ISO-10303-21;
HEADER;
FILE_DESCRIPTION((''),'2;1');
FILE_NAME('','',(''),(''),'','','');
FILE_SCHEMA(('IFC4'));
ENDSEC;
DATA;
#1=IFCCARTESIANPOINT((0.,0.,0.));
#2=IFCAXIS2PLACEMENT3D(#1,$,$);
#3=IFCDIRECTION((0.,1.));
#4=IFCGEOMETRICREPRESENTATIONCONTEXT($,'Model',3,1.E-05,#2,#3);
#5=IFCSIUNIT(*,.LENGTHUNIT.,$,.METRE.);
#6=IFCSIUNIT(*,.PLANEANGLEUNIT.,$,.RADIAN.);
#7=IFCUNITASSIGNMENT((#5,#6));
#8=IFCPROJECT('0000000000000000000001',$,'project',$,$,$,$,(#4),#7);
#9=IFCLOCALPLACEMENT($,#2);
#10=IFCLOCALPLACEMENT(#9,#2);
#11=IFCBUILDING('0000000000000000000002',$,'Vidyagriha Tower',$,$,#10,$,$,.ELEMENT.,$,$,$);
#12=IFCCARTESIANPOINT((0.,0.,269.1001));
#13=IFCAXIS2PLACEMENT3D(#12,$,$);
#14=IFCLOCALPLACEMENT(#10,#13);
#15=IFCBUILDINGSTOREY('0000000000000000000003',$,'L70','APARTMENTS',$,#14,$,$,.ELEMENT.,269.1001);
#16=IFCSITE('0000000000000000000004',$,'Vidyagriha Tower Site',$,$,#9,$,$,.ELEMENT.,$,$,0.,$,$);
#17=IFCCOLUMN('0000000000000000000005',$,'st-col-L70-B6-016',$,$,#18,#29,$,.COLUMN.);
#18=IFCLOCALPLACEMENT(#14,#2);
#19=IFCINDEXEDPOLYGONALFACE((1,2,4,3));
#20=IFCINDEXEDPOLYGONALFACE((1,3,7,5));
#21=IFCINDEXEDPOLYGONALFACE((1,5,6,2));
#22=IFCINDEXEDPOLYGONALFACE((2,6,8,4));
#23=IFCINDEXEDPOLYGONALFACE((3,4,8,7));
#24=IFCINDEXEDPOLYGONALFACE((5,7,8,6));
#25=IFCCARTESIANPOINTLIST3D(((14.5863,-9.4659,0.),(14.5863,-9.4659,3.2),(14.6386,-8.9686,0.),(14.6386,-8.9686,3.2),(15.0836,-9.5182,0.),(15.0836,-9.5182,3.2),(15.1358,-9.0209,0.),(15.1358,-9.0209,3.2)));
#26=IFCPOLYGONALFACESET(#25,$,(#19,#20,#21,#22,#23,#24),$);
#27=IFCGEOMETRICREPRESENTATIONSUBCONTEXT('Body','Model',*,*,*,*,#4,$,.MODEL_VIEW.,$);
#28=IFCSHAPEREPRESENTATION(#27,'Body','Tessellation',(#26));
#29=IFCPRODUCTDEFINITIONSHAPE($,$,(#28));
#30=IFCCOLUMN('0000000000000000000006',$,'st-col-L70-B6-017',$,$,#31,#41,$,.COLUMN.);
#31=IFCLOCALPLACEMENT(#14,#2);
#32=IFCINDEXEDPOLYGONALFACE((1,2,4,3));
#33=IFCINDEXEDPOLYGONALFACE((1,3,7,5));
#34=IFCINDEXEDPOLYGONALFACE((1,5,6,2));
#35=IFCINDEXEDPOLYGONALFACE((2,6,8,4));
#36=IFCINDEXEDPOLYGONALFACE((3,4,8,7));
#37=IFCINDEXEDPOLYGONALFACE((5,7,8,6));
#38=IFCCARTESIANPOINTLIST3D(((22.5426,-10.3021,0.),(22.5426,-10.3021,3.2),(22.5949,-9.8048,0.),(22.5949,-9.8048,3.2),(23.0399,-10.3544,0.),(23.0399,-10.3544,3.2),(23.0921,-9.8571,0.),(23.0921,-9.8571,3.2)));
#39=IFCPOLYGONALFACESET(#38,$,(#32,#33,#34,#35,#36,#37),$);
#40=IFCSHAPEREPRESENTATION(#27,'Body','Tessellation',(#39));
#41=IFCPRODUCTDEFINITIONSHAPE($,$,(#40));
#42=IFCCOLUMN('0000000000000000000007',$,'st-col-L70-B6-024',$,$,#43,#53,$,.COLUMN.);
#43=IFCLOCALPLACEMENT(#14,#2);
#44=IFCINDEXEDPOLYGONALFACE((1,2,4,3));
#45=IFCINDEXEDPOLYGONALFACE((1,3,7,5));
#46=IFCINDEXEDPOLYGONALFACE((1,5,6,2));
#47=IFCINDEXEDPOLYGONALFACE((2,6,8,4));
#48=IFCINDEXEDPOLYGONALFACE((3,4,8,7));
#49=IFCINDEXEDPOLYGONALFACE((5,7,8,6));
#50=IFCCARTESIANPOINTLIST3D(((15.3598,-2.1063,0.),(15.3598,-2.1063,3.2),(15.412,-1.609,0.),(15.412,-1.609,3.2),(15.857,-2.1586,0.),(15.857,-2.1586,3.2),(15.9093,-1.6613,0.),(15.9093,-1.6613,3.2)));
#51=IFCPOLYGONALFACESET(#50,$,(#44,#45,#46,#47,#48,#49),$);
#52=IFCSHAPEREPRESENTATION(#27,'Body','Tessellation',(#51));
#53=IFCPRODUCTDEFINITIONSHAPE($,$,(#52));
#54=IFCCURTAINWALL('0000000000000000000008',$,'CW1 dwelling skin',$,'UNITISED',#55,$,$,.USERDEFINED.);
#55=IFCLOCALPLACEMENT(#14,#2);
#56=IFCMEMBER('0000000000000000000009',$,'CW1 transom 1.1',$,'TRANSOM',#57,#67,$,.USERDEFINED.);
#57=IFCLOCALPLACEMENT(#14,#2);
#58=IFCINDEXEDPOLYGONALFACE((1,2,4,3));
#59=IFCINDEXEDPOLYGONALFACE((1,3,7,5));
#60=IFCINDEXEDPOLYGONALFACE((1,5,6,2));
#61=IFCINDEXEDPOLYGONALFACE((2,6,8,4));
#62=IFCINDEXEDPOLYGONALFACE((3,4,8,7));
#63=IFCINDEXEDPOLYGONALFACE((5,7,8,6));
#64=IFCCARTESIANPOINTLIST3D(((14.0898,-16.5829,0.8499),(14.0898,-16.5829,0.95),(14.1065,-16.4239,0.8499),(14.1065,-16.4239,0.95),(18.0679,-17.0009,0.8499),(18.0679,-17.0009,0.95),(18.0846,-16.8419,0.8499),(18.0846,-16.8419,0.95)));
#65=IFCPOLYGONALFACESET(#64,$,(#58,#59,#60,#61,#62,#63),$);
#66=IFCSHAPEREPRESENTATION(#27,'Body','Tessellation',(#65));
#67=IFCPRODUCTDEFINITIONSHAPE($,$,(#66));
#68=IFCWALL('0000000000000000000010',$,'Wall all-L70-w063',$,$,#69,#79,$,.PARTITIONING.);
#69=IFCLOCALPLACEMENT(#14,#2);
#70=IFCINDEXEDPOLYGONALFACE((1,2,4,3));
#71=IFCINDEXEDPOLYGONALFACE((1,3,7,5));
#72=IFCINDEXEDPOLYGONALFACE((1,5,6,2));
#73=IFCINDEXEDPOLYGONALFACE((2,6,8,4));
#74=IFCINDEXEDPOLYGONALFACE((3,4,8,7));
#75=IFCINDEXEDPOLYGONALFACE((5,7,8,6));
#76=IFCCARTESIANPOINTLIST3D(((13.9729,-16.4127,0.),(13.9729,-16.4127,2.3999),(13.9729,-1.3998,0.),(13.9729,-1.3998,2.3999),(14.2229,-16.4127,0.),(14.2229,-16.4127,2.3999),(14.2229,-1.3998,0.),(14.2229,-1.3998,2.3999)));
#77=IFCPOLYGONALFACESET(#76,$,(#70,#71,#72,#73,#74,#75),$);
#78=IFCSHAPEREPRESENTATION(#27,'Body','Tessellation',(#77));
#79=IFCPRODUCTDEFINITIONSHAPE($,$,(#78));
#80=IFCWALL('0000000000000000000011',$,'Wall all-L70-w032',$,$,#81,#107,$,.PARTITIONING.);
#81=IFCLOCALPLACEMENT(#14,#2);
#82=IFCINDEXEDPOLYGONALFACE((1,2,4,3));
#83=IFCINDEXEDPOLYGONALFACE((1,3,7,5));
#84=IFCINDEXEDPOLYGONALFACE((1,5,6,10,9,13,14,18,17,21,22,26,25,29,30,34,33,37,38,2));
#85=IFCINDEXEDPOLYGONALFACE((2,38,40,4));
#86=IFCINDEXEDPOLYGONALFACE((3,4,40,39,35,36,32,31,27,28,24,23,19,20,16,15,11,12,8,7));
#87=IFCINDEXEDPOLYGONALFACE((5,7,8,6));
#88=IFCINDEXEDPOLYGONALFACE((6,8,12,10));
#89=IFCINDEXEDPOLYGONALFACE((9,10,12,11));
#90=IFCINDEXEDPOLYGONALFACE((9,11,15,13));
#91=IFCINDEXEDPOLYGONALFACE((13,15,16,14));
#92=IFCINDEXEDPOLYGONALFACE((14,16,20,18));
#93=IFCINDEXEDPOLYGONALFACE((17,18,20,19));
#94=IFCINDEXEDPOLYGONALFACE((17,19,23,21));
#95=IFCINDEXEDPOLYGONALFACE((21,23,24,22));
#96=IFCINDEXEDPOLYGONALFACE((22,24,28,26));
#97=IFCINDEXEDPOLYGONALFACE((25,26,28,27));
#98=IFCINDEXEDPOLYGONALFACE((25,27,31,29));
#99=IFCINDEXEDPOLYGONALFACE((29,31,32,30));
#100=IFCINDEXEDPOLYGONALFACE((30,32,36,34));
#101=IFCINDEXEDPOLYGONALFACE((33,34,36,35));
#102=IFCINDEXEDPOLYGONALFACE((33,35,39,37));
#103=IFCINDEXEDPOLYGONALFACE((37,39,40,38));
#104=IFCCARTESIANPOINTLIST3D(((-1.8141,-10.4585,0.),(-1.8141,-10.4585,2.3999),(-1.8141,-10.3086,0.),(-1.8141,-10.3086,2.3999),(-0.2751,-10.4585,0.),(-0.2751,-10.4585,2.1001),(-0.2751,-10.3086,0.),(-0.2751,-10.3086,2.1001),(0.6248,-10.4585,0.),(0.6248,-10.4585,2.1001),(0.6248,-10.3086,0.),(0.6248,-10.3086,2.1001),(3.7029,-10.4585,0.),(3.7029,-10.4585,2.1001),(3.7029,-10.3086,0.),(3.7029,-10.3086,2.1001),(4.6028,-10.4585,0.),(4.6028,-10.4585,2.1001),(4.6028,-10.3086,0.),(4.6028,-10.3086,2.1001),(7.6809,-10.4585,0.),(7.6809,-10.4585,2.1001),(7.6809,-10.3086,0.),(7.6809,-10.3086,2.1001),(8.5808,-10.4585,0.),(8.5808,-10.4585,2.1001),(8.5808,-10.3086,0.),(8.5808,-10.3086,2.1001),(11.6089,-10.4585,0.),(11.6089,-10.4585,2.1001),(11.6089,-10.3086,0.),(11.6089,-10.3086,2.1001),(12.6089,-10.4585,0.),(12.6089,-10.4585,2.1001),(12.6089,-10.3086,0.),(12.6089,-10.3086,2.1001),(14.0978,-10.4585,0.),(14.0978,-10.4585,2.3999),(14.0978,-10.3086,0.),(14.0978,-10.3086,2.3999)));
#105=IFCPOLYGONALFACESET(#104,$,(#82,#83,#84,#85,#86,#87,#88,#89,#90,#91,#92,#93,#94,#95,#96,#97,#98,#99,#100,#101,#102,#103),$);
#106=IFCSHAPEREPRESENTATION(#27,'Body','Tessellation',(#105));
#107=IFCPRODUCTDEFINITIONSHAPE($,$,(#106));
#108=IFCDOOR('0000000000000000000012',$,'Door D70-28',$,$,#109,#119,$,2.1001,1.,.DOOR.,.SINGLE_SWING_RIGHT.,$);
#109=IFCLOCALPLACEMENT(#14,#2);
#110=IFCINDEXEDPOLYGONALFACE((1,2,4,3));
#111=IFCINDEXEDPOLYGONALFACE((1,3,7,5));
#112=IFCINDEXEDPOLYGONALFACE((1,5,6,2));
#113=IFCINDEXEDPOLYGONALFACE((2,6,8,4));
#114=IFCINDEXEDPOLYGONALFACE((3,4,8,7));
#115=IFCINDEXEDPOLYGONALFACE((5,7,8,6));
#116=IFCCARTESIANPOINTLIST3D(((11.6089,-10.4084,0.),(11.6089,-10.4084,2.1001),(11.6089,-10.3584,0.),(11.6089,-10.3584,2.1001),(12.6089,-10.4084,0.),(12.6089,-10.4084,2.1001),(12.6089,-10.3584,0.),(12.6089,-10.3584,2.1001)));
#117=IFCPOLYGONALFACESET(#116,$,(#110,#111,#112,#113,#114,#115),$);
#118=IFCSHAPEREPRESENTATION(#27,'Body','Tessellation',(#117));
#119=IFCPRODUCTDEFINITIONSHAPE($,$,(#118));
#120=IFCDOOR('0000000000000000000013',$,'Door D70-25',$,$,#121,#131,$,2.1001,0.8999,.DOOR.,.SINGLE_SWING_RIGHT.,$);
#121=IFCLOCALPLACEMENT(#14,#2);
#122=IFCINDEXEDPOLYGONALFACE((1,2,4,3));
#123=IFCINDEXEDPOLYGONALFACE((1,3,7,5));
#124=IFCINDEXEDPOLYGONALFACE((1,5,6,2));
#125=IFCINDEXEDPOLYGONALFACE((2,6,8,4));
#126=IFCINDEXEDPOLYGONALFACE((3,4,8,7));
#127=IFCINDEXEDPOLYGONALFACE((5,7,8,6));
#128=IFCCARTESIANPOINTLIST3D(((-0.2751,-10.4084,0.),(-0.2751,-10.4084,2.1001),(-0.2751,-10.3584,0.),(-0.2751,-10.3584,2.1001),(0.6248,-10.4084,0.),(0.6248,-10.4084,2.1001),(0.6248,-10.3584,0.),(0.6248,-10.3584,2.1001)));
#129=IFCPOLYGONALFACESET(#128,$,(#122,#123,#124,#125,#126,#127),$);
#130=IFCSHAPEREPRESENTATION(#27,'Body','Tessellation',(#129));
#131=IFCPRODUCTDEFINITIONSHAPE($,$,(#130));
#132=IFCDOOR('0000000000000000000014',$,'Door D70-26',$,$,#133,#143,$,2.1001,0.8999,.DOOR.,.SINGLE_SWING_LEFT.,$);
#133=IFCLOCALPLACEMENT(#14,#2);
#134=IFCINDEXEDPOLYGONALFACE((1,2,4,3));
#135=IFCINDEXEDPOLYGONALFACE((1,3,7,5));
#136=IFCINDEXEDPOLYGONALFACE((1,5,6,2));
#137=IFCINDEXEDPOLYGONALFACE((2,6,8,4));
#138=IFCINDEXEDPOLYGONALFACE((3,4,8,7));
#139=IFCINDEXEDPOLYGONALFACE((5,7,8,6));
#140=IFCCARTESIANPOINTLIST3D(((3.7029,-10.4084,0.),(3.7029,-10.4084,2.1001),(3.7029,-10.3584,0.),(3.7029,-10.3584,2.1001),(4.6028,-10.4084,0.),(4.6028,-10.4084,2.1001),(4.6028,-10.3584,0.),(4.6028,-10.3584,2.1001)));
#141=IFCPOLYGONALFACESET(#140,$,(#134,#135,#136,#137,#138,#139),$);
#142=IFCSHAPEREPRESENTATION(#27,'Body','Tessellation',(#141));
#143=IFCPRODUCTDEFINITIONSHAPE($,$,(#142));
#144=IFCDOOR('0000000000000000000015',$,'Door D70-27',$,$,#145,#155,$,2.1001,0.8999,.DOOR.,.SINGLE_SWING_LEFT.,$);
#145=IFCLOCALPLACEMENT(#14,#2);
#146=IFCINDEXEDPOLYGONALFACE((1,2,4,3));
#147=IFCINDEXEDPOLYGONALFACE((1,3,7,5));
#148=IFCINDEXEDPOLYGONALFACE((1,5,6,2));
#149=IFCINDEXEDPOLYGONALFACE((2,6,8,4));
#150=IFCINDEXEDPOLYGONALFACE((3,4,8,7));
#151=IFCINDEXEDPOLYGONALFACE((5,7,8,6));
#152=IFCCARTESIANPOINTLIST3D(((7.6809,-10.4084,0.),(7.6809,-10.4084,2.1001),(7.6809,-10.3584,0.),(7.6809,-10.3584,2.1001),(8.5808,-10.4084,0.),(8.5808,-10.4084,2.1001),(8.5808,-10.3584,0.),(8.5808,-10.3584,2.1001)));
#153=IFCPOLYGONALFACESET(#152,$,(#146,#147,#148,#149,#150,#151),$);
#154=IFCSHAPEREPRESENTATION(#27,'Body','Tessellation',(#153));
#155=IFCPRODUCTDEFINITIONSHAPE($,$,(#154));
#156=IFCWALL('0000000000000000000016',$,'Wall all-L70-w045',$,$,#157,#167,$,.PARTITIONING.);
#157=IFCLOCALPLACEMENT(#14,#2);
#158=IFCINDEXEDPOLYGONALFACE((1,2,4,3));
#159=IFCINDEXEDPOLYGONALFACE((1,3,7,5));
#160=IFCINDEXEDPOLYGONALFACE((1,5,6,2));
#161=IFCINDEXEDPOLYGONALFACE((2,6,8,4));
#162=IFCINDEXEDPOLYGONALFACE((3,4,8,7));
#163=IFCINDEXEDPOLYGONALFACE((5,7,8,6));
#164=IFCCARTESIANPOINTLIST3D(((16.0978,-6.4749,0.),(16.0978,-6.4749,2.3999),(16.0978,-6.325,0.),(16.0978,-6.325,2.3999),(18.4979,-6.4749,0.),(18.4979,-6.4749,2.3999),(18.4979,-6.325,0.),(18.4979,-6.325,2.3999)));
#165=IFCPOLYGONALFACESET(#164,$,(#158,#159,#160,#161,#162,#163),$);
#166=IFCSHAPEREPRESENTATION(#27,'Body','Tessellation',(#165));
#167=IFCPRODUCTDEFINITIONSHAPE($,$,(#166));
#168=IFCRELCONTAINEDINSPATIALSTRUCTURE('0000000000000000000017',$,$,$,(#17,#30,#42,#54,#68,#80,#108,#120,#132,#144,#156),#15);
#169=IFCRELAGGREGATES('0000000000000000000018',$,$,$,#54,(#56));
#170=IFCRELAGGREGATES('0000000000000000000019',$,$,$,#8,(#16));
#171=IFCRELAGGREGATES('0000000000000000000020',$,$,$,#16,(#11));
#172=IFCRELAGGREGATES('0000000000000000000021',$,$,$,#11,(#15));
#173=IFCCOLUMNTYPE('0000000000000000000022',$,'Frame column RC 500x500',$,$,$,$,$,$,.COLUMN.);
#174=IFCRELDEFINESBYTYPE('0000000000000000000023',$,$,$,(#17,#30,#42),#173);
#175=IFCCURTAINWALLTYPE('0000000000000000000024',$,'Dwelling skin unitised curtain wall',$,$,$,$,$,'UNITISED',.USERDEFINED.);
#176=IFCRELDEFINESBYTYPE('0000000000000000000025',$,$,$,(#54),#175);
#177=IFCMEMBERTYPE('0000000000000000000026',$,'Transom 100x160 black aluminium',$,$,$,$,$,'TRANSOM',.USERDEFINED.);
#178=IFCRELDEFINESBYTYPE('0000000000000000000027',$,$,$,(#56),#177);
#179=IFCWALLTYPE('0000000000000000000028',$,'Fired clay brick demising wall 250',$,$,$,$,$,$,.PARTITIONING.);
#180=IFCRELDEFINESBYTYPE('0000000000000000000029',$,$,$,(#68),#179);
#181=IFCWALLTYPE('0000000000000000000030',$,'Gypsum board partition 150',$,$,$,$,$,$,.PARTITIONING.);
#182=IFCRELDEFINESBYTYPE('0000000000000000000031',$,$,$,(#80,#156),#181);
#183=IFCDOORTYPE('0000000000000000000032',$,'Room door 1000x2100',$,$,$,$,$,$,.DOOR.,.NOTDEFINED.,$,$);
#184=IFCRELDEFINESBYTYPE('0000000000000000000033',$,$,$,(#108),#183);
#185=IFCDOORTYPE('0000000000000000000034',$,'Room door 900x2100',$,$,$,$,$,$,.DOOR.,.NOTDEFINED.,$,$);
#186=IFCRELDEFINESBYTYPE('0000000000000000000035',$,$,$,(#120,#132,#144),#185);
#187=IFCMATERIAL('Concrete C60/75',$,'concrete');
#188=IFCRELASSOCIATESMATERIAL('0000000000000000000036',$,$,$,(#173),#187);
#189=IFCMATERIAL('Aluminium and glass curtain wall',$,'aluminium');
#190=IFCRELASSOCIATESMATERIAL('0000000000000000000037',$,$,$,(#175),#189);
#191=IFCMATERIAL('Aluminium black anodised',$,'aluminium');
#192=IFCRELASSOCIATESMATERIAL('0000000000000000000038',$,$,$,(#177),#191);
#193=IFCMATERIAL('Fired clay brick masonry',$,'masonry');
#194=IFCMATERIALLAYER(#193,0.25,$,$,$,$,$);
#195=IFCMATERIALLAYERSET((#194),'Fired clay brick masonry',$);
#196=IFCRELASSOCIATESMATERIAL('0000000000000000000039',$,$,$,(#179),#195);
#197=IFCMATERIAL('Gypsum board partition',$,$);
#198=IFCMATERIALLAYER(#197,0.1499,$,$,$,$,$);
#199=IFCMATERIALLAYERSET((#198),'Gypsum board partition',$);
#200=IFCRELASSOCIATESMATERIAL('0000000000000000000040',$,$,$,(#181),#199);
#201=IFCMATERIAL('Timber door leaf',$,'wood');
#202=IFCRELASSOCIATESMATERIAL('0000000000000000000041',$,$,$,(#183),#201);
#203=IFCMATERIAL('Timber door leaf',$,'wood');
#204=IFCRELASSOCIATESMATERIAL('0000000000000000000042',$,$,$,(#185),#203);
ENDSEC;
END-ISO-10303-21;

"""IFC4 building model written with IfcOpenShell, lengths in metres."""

from ifc_helpers import new_model, si_unit, direction, frame, frame_2d, origin, origin_2d, place, context, subcontext, project, spatial, rectangle, extrude, material, layer, layer_set, material_profile, profile_set, type_object, element, fill, aggregate, save


model = new_model("IFC4")

# Units and contexts
model_context = context("Model", 3, precision=1e-05, world=origin(), true_north=direction((0.0, 1.0)))
body_context = subcontext(model_context, "Body", "Model", "MODEL_VIEW")
ifc_project = project(units=[si_unit("LENGTHUNIT", "METRE"), si_unit("PLANEANGLEUNIT", "RADIAN")], contexts=[model_context])

# Site, building, storey
site_placement = place(None, origin())
site = spatial("IfcSite", under=ifc_project, at=site_placement, Name="Vidyagriha Tower Site", CompositionType="ELEMENT", RefElevation=0.0)
building_placement = place(site_placement, origin())
building = spatial("IfcBuilding", under=site, at=building_placement, Name="Vidyagriha Tower", CompositionType="ELEMENT")
storey_placement = place(building_placement, frame((0.0, 0.0, 269.1001)))
storey = spatial("IfcBuildingStorey", under=building, at=storey_placement, Name="L70", Description="APARTMENTS", CompositionType="ELEMENT", Elevation=269.1001)

# Columns
ifc_material_1 = material(Name="Concrete C60/75", Category="concrete")
ifc_material_profile_1 = material_profile(ifc_material_1, rectangle(XDim=0.5, YDim=0.5, at=origin_2d()), Name="RC 500x500")
ifc_profile_set_1 = profile_set([ifc_material_profile_1], Name="Concrete C60/75")
column_type = type_object("IfcColumnType", Name="Frame column RC 500x500", PredefinedType="COLUMN", material=ifc_profile_set_1)
for number, where, z_axis, x_axis, name in (
    (1, (14.8611, -9.2434, 0.0), (0.0, 0.0, 1.0), (0.994522, -0.104528, 0.0), "st-col-L70-B6-016"),
    (2, (22.8174, -10.0796, 0.0), (0.0, 0.0, 1.0), (0.994522, -0.104528, 0.0), "st-col-L70-B6-017"),
    (3, (15.6345, -1.8838, 0.0), (0.0, 0.0, 1.0), (0.994522, -0.104528, 0.0), "st-col-L70-B6-024"),
):
    element("IfcColumn", number, at=place(storey_placement, frame(where, z_axis=z_axis, x_axis=x_axis)), inside=storey, type_object=column_type, Name=name, PredefinedType="COLUMN", context=body_context, shape_type="SweptSolid", body=[
        extrude(rectangle(XDim=0.5, YDim=0.5, at=origin_2d()), origin(), (0.0, 0.0, 1.0), 3.2),
    ])

# Curtain wall, member
ifc_material_2 = material(Name="Aluminium and glass curtain wall", Category="aluminium")
curtain_wall_type = type_object("IfcCurtainWallType", Name="Dwelling skin unitised curtain wall", ElementType="UNITISED", PredefinedType="USERDEFINED", material=ifc_material_2)
curtain_wall_placement = place(storey_placement, origin())
curtain_wall = element("IfcCurtainWall", 4, at=curtain_wall_placement, inside=storey, type_object=curtain_wall_type, Name="CW1 dwelling skin", ObjectType="UNITISED", PredefinedType="USERDEFINED")
ifc_material_3 = material(Name="Aluminium black anodised", Category="aluminium")
ifc_material_profile_2 = material_profile(ifc_material_3, rectangle(XDim=0.1599, YDim=0.1001, at=origin_2d()), Name="Transom 100x160 black aluminium")
ifc_profile_set_2 = profile_set([ifc_material_profile_2], Name="Aluminium black anodised")
member_type = type_object("IfcMemberType", Name="Transom 100x160 black aluminium", ElementType="TRANSOM", PredefinedType="USERDEFINED", material=ifc_profile_set_2)
member_placement = place(storey_placement, frame((14.0981, -16.5034, 0.8999), z_axis=(0.994526, -0.104494, 0.0), x_axis=(0.104494, 0.994526, 0.0)))
member = element("IfcMember", 5, at=member_placement, type_object=member_type, Name="CW1 transom 1.1", ObjectType="TRANSOM", PredefinedType="USERDEFINED", context=body_context, shape_type="SweptSolid", body=[
    extrude(rectangle(XDim=0.1599, YDim=0.1001, at=origin_2d()), origin(), (0.0, 0.0, 1.0), 4.0),
])
aggregate(curtain_wall, [member])

# Wall
ifc_material_4 = material(Name="Fired clay brick masonry", Category="masonry")
ifc_layer_1 = layer(ifc_material_4, 0.25)
ifc_layer_set_1 = layer_set([ifc_layer_1], Name="Fired clay brick masonry")
wall_type_1 = type_object("IfcWallType", Name="Fired clay brick demising wall 250", PredefinedType="PARTITIONING", material=ifc_layer_set_1)
wall_1_placement = place(storey_placement, frame((14.0979, -1.3999, 0.0), z_axis=(0.0, 0.0, 1.0), x_axis=(0.0, -1.0, 0.0)))
element("IfcWall", 6, at=wall_1_placement, inside=storey, type_object=wall_type_1, Name="Wall all-L70-w063", PredefinedType="PARTITIONING", context=body_context, shape_type="SweptSolid", body=[
    extrude(rectangle(XDim=15.0129, YDim=0.25, at=frame_2d((7.5063, 0.0))), origin(), (0.0, 0.0, 1.0), 2.3999),
])

# Wall, openings, doors
ifc_material_5 = material(Name="Gypsum board partition")
ifc_layer_2 = layer(ifc_material_5, 0.1499)
ifc_layer_set_2 = layer_set([ifc_layer_2], Name="Gypsum board partition")
wall_type_2 = type_object("IfcWallType", Name="Gypsum board partition 150", PredefinedType="PARTITIONING", material=ifc_layer_set_2)
wall_2_placement = place(storey_placement, frame((14.0979, -10.3835, 0.0), z_axis=(0.0, 0.0, 1.0), x_axis=(-1.0, 0.0, 0.0)))
wall_2 = element("IfcWall", 7, at=wall_2_placement, inside=storey, type_object=wall_type_2, Name="Wall all-L70-w032", PredefinedType="PARTITIONING", context=body_context, shape_type="SweptSolid", body=[
    extrude(rectangle(XDim=15.9119, YDim=0.1499, at=frame_2d((7.9561, 0.0))), origin(), (0.0, 0.0, 1.0), 2.3999),
])
opening_1_placement = place(wall_2_placement, frame((13.4731, 0.0, 0.0)))
opening_1 = element("IfcOpeningElement", 8, at=opening_1_placement, cuts=wall_2, PredefinedType="OPENING", context=body_context, shape_type="SweptSolid", body=[
    extrude(rectangle(XDim=0.8999, YDim=2.1001, at=frame_2d((0.45, 1.05))), frame((0.0, 0.085, 0.0), z_axis=(0.0, -1.0, 0.0), x_axis=(1.0, 0.0, 0.0)), (0.0, 0.0, 1.0), 0.1699),
])
opening_2_placement = place(wall_2_placement, frame((9.4951, 0.0, 0.0)))
opening_2 = element("IfcOpeningElement", 9, at=opening_2_placement, cuts=wall_2, PredefinedType="OPENING", context=body_context, shape_type="SweptSolid", body=[
    extrude(rectangle(XDim=0.8999, YDim=2.1001, at=frame_2d((0.45, 1.05))), frame((0.0, 0.085, 0.0), z_axis=(0.0, -1.0, 0.0), x_axis=(1.0, 0.0, 0.0)), (0.0, 0.0, 1.0), 0.1699),
])
opening_3_placement = place(wall_2_placement, frame((5.5171, 0.0, 0.0)))
opening_3 = element("IfcOpeningElement", 10, at=opening_3_placement, cuts=wall_2, PredefinedType="OPENING", context=body_context, shape_type="SweptSolid", body=[
    extrude(rectangle(XDim=0.8999, YDim=2.1001, at=frame_2d((0.45, 1.05))), frame((0.0, 0.085, 0.0), z_axis=(0.0, -1.0, 0.0), x_axis=(1.0, 0.0, 0.0)), (0.0, 0.0, 1.0), 0.1699),
])
opening_4_placement = place(wall_2_placement, frame((1.489, 0.0, 0.0)))
opening_4 = element("IfcOpeningElement", 11, at=opening_4_placement, cuts=wall_2, PredefinedType="OPENING", context=body_context, shape_type="SweptSolid", body=[
    extrude(rectangle(XDim=1.0, YDim=2.1001, at=frame_2d((0.5, 1.05))), frame((0.0, 0.085, 0.0), z_axis=(0.0, -1.0, 0.0), x_axis=(1.0, 0.0, 0.0)), (0.0, 0.0, 1.0), 0.1699),
])
ifc_material_6 = material(Name="Timber door leaf", Category="wood")
door_type_1 = type_object("IfcDoorType", Name="Room door 1000x2100", OperationType="NOTDEFINED", PredefinedType="DOOR", material=ifc_material_6)
door_1_placement = place(opening_4_placement, origin())
door_1 = element("IfcDoor", 12, at=door_1_placement, inside=storey, type_object=door_type_1, Name="Door D70-28", OperationType="SINGLE_SWING_RIGHT", OverallHeight=2.1001, OverallWidth=1.0, PredefinedType="DOOR", context=body_context, shape_type="SweptSolid", body=[
    extrude(rectangle(XDim=1.0, YDim=2.1001, at=frame_2d((0.5, 1.05))), frame((0.0, 0.0249, 0.0), z_axis=(0.0, -1.0, 0.0), x_axis=(1.0, 0.0, 0.0)), (0.0, 0.0, 1.0), 0.05),
])
fill(opening_4, door_1)
ifc_material_7 = material(Name="Timber door leaf", Category="wood")
door_type_2 = type_object("IfcDoorType", Name="Room door 900x2100", OperationType="NOTDEFINED", PredefinedType="DOOR", material=ifc_material_7)
door_2_placement = place(opening_1_placement, origin())
door_2 = element("IfcDoor", 13, at=door_2_placement, inside=storey, type_object=door_type_2, Name="Door D70-25", OperationType="SINGLE_SWING_RIGHT", OverallHeight=2.1001, OverallWidth=0.8999, PredefinedType="DOOR", context=body_context, shape_type="SweptSolid", body=[
    extrude(rectangle(XDim=0.8999, YDim=2.1001, at=frame_2d((0.45, 1.05))), frame((0.0, 0.0249, 0.0), z_axis=(0.0, -1.0, 0.0), x_axis=(1.0, 0.0, 0.0)), (0.0, 0.0, 1.0), 0.05),
])
fill(opening_1, door_2)
door_3_placement = place(opening_2_placement, origin())
door_3 = element("IfcDoor", 14, at=door_3_placement, inside=storey, type_object=door_type_2, Name="Door D70-26", OperationType="SINGLE_SWING_LEFT", OverallHeight=2.1001, OverallWidth=0.8999, PredefinedType="DOOR", context=body_context, shape_type="SweptSolid", body=[
    extrude(rectangle(XDim=0.8999, YDim=2.1001, at=frame_2d((0.45, 1.05))), frame((0.0, 0.0249, 0.0), z_axis=(0.0, -1.0, 0.0), x_axis=(1.0, 0.0, 0.0)), (0.0, 0.0, 1.0), 0.05),
])
fill(opening_2, door_3)
door_4_placement = place(opening_3_placement, origin())
door_4 = element("IfcDoor", 15, at=door_4_placement, inside=storey, type_object=door_type_2, Name="Door D70-27", OperationType="SINGLE_SWING_LEFT", OverallHeight=2.1001, OverallWidth=0.8999, PredefinedType="DOOR", context=body_context, shape_type="SweptSolid", body=[
    extrude(rectangle(XDim=0.8999, YDim=2.1001, at=frame_2d((0.45, 1.05))), frame((0.0, 0.0249, 0.0), z_axis=(0.0, -1.0, 0.0), x_axis=(1.0, 0.0, 0.0)), (0.0, 0.0, 1.0), 0.05),
])
fill(opening_3, door_4)

# Wall
wall_3_placement = place(storey_placement, frame((18.498, -6.3999, 0.0), z_axis=(0.0, 0.0, 1.0), x_axis=(-1.0, 0.0, 0.0)))
element("IfcWall", 16, at=wall_3_placement, inside=storey, type_object=wall_type_2, Name="Wall all-L70-w045", PredefinedType="PARTITIONING", context=body_context, shape_type="SweptSolid", body=[
    extrude(rectangle(XDim=2.4001, YDim=0.1499, at=frame_2d((1.2002, 0.0))), origin(), (0.0, 0.0, 1.0), 2.3999),
])

save(model, "model.ifc")
